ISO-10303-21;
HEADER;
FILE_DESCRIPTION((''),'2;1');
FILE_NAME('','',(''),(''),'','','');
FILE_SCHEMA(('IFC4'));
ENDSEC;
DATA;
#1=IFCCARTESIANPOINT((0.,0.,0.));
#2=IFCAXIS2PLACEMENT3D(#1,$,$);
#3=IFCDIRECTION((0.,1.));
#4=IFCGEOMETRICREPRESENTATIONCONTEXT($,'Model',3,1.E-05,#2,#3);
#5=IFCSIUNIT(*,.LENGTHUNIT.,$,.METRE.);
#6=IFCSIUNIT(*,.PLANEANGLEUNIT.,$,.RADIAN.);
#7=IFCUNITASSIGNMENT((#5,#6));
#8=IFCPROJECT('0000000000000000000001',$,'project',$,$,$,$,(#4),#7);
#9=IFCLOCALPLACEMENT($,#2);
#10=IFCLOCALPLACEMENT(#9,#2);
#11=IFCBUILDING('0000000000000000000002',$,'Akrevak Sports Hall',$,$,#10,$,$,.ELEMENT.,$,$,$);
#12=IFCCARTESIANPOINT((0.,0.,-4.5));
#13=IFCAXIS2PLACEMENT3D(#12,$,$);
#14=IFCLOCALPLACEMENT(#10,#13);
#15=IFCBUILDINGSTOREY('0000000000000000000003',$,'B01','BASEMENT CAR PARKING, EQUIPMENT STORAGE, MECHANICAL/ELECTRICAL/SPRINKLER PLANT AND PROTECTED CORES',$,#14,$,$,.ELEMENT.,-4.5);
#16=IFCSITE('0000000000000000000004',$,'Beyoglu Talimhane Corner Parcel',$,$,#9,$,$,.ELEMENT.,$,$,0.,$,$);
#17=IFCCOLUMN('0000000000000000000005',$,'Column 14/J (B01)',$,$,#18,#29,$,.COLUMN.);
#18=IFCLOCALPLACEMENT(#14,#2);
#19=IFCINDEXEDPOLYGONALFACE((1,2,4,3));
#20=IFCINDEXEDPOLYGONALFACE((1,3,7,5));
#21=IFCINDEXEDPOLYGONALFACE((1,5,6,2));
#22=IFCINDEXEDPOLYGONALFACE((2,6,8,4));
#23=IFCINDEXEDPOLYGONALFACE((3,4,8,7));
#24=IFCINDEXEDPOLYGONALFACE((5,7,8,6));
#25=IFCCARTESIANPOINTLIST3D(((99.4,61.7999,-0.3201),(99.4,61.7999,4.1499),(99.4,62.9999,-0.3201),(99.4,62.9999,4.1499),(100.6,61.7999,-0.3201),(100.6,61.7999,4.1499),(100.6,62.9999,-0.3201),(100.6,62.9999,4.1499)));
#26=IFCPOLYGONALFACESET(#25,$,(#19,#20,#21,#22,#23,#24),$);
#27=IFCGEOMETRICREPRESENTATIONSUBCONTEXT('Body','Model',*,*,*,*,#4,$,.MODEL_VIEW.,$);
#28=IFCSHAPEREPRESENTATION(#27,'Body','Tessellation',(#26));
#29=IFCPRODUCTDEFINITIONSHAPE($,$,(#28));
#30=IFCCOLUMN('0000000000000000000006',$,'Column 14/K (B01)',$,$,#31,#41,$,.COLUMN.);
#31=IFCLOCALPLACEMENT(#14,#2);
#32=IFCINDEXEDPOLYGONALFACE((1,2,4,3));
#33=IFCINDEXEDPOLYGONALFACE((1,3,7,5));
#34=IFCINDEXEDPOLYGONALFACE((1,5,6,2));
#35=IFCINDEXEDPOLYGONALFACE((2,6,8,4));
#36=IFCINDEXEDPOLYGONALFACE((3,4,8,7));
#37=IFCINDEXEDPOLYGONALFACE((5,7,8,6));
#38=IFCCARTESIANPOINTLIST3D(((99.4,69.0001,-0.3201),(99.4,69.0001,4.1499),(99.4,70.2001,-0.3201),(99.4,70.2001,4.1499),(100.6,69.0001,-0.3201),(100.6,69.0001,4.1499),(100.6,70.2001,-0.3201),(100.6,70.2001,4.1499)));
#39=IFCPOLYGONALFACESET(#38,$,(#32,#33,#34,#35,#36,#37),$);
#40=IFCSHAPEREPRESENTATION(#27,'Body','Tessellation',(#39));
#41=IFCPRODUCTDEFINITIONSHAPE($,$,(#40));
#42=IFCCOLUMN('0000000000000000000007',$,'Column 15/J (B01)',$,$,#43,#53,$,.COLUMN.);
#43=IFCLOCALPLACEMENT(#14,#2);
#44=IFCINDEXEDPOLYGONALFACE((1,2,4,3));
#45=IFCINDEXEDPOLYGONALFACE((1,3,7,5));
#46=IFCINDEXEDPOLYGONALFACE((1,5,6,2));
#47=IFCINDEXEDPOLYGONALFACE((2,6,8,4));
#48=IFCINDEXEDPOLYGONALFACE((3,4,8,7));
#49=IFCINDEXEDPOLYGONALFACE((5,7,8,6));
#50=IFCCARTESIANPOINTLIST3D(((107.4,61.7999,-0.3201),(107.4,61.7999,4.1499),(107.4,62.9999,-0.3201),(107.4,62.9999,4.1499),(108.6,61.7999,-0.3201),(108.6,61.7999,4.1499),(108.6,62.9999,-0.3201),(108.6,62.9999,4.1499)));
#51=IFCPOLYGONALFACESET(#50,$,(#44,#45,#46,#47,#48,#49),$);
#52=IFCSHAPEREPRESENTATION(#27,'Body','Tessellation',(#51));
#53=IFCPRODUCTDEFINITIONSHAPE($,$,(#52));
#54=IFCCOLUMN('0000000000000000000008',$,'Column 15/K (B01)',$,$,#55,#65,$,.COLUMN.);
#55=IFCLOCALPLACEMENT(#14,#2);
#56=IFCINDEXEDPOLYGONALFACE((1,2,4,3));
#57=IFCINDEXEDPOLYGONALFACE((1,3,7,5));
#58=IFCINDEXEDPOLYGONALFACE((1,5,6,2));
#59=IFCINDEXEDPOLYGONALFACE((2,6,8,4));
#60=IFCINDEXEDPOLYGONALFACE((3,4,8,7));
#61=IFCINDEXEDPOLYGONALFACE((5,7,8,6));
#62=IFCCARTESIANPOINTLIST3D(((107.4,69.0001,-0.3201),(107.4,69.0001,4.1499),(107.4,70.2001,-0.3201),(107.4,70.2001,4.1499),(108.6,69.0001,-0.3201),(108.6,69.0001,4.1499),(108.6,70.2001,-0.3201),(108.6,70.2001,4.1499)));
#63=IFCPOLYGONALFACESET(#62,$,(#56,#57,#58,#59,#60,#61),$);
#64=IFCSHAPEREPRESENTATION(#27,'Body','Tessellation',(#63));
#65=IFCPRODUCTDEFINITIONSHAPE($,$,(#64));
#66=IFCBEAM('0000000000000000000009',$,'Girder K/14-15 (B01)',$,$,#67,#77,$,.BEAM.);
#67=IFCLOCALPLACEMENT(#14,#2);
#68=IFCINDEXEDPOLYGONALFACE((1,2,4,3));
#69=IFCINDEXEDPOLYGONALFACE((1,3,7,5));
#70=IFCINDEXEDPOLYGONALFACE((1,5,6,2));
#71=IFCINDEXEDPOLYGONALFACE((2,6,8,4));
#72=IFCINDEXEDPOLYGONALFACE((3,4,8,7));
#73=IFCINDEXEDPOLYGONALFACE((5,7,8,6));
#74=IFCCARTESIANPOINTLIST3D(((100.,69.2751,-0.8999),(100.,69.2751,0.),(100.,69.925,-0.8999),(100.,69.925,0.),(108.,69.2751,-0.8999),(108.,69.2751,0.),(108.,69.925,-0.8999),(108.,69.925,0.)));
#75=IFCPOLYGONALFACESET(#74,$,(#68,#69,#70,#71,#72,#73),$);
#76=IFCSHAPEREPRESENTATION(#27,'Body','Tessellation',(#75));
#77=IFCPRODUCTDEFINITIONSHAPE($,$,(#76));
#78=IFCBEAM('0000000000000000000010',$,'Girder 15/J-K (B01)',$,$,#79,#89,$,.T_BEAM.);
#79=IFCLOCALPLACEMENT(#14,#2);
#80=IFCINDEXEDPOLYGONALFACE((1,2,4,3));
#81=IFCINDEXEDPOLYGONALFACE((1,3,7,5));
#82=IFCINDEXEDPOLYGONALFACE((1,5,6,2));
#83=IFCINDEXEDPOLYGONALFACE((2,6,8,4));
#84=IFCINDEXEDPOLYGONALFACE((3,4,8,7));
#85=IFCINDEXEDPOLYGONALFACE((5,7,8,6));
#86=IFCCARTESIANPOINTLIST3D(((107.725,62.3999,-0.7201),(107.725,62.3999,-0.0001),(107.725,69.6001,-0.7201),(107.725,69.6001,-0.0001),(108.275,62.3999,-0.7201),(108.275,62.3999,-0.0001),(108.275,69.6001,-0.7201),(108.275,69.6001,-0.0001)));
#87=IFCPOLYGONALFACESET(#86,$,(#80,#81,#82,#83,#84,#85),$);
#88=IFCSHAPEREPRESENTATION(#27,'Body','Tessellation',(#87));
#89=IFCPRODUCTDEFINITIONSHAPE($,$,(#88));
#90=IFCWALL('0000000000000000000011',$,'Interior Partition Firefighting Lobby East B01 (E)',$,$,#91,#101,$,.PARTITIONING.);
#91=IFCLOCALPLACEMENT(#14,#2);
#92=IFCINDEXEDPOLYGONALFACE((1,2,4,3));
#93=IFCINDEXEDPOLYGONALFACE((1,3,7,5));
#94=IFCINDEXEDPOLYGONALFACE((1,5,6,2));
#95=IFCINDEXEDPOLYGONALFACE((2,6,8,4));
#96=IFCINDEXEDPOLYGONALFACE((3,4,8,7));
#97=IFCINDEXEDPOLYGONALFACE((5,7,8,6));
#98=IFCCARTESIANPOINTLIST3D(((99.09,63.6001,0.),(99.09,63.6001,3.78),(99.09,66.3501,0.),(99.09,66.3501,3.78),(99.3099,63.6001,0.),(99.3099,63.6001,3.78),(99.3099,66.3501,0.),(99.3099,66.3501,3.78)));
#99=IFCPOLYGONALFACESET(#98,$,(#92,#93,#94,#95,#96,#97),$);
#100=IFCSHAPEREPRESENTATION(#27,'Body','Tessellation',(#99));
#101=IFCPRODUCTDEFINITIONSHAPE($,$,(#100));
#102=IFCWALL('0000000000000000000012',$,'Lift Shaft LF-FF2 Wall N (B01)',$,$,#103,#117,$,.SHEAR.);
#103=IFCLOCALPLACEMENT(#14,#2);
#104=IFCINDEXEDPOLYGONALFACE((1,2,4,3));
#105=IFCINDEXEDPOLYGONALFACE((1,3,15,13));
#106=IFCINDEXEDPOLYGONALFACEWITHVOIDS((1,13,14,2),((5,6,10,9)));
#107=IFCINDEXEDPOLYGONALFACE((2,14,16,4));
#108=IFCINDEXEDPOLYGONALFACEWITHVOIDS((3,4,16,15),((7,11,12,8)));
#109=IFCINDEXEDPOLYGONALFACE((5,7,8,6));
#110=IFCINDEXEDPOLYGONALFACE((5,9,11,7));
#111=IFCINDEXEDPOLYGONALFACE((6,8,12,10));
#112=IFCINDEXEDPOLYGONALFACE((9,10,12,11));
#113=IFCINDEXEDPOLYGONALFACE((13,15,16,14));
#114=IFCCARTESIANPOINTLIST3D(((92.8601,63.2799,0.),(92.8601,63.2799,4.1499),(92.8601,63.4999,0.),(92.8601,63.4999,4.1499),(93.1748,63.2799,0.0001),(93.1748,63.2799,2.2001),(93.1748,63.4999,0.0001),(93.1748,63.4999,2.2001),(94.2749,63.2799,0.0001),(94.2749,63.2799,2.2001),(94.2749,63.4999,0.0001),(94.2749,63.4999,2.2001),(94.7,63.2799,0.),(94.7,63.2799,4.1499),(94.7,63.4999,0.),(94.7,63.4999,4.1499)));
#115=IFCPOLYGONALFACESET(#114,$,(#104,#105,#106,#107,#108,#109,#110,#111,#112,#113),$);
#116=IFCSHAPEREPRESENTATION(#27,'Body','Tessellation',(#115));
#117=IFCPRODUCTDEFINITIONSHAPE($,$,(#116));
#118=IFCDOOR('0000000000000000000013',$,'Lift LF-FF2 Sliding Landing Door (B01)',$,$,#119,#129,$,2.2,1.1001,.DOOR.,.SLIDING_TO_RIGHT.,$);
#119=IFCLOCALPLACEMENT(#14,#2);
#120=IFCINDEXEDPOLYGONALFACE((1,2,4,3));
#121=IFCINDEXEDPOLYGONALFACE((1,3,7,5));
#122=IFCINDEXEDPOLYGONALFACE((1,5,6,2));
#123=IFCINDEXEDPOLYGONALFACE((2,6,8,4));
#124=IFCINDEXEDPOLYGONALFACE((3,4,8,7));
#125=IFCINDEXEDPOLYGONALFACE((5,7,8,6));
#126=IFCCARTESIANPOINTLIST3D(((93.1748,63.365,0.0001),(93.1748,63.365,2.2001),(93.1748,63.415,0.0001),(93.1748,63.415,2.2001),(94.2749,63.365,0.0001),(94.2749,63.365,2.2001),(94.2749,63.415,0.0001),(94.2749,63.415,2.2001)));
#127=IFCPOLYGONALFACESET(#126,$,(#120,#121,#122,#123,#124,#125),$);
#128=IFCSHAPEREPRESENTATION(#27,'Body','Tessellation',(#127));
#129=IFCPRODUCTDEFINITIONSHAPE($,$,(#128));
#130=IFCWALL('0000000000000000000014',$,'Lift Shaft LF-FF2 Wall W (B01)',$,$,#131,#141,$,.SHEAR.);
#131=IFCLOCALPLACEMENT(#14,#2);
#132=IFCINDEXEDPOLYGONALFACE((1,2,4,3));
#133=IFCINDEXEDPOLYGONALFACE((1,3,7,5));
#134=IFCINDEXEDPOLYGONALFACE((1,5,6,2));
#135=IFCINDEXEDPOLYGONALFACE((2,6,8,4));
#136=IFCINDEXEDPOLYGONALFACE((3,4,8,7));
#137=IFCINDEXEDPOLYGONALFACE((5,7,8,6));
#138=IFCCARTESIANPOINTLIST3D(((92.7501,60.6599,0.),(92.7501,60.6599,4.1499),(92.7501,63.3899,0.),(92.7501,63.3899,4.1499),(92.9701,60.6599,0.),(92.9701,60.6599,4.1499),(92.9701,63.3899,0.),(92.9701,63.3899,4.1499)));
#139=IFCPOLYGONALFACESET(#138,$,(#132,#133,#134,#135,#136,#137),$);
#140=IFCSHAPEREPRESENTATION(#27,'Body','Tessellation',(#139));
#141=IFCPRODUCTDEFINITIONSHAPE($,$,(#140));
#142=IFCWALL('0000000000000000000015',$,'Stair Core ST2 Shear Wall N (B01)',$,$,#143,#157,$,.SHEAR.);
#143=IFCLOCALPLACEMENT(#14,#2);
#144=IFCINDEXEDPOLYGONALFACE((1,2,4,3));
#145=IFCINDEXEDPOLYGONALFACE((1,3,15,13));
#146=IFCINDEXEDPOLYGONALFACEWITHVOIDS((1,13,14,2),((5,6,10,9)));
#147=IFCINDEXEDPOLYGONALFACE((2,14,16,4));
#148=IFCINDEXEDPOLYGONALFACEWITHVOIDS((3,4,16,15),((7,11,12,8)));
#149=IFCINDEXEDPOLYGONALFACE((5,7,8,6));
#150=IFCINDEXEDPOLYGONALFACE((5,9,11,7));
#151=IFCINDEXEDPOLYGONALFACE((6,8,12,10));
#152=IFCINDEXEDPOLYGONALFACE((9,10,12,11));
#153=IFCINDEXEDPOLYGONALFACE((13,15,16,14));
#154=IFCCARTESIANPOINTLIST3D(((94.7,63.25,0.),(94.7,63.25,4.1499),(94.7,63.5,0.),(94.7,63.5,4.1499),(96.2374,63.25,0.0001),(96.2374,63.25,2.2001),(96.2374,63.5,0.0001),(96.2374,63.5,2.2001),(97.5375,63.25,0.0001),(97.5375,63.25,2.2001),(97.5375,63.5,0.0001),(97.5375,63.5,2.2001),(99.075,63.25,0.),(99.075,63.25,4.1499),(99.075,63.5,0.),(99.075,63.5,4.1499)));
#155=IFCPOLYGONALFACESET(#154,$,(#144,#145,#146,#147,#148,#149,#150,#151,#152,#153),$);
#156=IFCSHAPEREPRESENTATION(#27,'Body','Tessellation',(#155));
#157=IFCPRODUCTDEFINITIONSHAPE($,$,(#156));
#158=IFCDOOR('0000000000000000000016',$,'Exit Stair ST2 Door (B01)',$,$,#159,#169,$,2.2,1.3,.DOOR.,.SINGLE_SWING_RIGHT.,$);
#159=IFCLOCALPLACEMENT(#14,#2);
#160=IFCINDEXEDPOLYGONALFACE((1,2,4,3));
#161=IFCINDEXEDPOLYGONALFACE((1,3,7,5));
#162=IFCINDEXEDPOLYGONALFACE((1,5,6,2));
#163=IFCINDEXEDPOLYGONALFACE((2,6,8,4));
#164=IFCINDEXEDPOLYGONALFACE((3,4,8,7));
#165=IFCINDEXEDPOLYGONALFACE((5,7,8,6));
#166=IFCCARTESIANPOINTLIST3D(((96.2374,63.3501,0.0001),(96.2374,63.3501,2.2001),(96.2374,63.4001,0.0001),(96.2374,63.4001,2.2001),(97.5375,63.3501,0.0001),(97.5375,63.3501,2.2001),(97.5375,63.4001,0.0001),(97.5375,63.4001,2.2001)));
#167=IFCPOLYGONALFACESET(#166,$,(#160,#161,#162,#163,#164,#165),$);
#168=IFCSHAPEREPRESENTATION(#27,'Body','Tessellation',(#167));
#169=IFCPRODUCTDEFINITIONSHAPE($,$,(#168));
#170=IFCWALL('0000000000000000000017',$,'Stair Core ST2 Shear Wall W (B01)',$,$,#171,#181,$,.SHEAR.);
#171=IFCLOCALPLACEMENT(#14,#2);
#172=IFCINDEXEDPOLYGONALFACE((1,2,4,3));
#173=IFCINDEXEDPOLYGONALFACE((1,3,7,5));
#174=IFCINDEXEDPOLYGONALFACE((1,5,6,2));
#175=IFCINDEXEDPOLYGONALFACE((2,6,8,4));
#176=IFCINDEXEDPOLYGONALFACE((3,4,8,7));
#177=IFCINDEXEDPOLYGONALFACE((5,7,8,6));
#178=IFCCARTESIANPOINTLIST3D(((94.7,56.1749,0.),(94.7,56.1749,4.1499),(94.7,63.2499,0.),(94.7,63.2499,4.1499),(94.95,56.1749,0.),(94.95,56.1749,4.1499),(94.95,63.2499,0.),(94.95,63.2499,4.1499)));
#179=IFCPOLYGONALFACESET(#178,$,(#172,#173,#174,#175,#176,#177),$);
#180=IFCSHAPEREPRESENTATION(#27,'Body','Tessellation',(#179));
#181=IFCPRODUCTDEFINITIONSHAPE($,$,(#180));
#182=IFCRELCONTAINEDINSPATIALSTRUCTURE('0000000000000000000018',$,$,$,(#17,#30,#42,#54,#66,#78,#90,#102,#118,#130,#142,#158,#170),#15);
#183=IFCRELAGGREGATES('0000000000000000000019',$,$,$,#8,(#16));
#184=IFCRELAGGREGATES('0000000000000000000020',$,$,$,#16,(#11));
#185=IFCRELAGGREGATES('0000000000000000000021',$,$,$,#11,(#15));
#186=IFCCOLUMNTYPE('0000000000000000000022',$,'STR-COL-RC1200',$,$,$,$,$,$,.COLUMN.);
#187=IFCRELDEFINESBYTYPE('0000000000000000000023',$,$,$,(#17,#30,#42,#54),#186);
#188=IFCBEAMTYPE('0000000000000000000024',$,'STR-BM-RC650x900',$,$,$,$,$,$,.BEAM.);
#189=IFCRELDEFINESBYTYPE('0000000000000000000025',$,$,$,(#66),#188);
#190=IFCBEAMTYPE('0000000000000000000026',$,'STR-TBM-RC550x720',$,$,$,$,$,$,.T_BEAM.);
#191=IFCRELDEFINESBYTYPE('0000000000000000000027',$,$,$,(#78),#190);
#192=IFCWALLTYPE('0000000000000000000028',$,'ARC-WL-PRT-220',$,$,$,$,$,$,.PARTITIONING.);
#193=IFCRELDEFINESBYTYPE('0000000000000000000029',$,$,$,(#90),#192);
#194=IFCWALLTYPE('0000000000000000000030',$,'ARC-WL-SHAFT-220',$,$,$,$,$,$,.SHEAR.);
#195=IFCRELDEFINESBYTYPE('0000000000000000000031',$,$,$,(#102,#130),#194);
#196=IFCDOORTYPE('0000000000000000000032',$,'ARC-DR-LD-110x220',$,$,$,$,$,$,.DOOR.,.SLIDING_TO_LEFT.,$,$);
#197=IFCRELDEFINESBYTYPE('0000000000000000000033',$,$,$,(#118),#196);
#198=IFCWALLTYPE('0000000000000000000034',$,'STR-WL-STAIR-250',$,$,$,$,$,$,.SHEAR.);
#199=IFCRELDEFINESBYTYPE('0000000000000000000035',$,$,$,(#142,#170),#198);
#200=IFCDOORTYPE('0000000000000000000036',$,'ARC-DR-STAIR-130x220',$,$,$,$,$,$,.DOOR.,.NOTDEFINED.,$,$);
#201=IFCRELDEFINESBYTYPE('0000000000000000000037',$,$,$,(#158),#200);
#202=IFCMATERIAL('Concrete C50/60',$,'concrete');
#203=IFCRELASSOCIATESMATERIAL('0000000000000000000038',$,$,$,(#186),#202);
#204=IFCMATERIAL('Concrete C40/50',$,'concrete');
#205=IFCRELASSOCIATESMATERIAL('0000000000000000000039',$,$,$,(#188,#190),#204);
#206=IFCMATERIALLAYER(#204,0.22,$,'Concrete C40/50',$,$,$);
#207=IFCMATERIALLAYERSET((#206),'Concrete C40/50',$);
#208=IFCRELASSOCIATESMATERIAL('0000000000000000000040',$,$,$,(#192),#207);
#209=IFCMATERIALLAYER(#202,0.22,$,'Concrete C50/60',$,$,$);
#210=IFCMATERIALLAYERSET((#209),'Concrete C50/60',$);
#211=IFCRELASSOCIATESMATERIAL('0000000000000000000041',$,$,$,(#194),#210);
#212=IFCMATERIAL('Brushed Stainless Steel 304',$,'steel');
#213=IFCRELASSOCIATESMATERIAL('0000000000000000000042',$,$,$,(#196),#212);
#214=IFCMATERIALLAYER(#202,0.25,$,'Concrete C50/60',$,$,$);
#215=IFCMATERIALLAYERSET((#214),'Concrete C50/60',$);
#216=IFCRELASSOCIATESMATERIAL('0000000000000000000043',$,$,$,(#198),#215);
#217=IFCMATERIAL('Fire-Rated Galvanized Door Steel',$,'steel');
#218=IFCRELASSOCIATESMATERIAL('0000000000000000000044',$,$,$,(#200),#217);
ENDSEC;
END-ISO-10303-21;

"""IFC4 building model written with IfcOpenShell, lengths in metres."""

from ifc_helpers import new_model, si_unit, direction, frame, frame_2d, origin, origin_2d, place, context, subcontext, project, spatial, rectangle, extrude, material, layer, layer_set, material_profile, profile_set, type_object, element, fill, save


model = new_model("IFC4")

# Units and contexts
model_context = context("Model", 3, precision=1e-05, world=origin(), true_north=direction((0.0, 1.0)))
body_context = subcontext(model_context, "Body", "Model", "MODEL_VIEW")
ifc_project = project(units=[si_unit("LENGTHUNIT", "METRE"), si_unit("PLANEANGLEUNIT", "RADIAN")], contexts=[model_context])

# Site, building, storey
site_placement = place(None, origin())
site = spatial("IfcSite", under=ifc_project, at=site_placement, Name="Beyoglu Talimhane Corner Parcel", CompositionType="ELEMENT", RefElevation=0.0)
building_placement = place(site_placement, origin())
building = spatial("IfcBuilding", under=site, at=building_placement, Name="Akrevak Sports Hall", CompositionType="ELEMENT")
storey_placement = place(building_placement, frame((0.0, 0.0, -4.5)))
storey = spatial("IfcBuildingStorey", under=building, at=storey_placement, Name="B01", Description="BASEMENT CAR PARKING, EQUIPMENT STORAGE, MECHANICAL/ELECTRICAL/SPRINKLER PLANT AND PROTECTED CORES", CompositionType="ELEMENT", Elevation=-4.5)

# Columns
ifc_material_1 = material(Name="Concrete C50/60", Category="concrete")
ifc_material_profile_1 = material_profile(ifc_material_1, rectangle(XDim=1.2, YDim=1.2, at=origin_2d()), Name="RC 1200x1200", Category="concrete")
ifc_profile_set_1 = profile_set([ifc_material_profile_1], Name="Concrete C50/60")
column_type = type_object("IfcColumnType", Name="STR-COL-RC1200", PredefinedType="COLUMN", material=ifc_profile_set_1)
for number, where, z_axis, x_axis, name in (
    (1, (100.0, 62.3999, -0.3201), (0.0, 0.0, 1.0), (1.0, 0.0, 0.0), "Column 14/J (B01)"),
    (2, (100.0, 69.6001, -0.3201), (0.0, 0.0, 1.0), (1.0, 0.0, 0.0), "Column 14/K (B01)"),
    (3, (108.0, 62.3999, -0.3201), (0.0, 0.0, 1.0), (1.0, 0.0, 0.0), "Column 15/J (B01)"),
    (4, (108.0, 69.6001, -0.3201), (0.0, 0.0, 1.0), (1.0, 0.0, 0.0), "Column 15/K (B01)"),
):
    element("IfcColumn", number, at=place(storey_placement, frame(where, z_axis=z_axis, x_axis=x_axis)), inside=storey, type_object=column_type, Name=name, PredefinedType="COLUMN", context=body_context, shape_type="SweptSolid", body=[
        extrude(rectangle(XDim=1.2, YDim=1.2, at=origin_2d()), origin(), (0.0, 0.0, 1.0), 4.47),
    ])

# Beams
ifc_material_2 = material(Name="Concrete C40/50", Category="concrete")
ifc_material_profile_2 = material_profile(ifc_material_2, rectangle(XDim=0.6499, YDim=0.8999, at=origin_2d()), Name="BM 650x900", Category="concrete")
ifc_profile_set_2 = profile_set([ifc_material_profile_2], Name="Concrete C40/50")
beam_type_1 = type_object("IfcBeamType", Name="STR-BM-RC650x900", PredefinedType="BEAM", material=ifc_profile_set_2)
beam_1_placement = place(storey_placement, frame((100.0, 69.6001, -0.45), z_axis=(1.0, 0.0, 0.0), x_axis=(0.0, 1.0, 0.0)))
element("IfcBeam", 5, at=beam_1_placement, inside=storey, type_object=beam_type_1, Name="Girder K/14-15 (B01)", PredefinedType="BEAM", context=body_context, shape_type="SweptSolid", body=[
    extrude(rectangle(XDim=0.6499, YDim=0.8999, at=origin_2d()), origin(), (0.0, 0.0, 1.0), 8.0),
])
ifc_material_profile_3 = material_profile(ifc_material_2, rectangle(XDim=0.55, YDim=0.72, at=origin_2d()), Name="TBM 550x720", Category="concrete")
ifc_profile_set_3 = profile_set([ifc_material_profile_3], Name="Concrete C40/50")
beam_type_2 = type_object("IfcBeamType", Name="STR-TBM-RC550x720", PredefinedType="T_BEAM", material=ifc_profile_set_3)
beam_2_placement = place(storey_placement, frame((108.0, 62.3999, -0.3601), z_axis=(0.0, 1.0, 0.0), x_axis=(-1.0, 0.0, 0.0)))
element("IfcBeam", 6, at=beam_2_placement, inside=storey, type_object=beam_type_2, Name="Girder 15/J-K (B01)", PredefinedType="T_BEAM", context=body_context, shape_type="SweptSolid", body=[
    extrude(rectangle(XDim=0.55, YDim=0.72, at=origin_2d()), origin(), (0.0, 0.0, 1.0), 7.2002),
])

# Wall
ifc_layer_1 = layer(ifc_material_2, 0.22, Name="Concrete C40/50")
ifc_layer_set_1 = layer_set([ifc_layer_1], Name="Concrete C40/50")
wall_type_1 = type_object("IfcWallType", Name="ARC-WL-PRT-220", PredefinedType="PARTITIONING", material=ifc_layer_set_1)
wall_1_placement = place(storey_placement, frame((99.2, 63.6001, 0.0), z_axis=(0.0, 0.0, 1.0), x_axis=(0.0, 1.0, 0.0)))
element("IfcWall", 7, at=wall_1_placement, inside=storey, type_object=wall_type_1, Name="Interior Partition Firefighting Lobby East B01 (E)", PredefinedType="PARTITIONING", context=body_context, shape_type="SweptSolid", body=[
    extrude(rectangle(XDim=2.75, YDim=0.22, at=frame_2d((1.375, 0.0))), origin(), (0.0, 0.0, 1.0), 3.78),
])

# Wall, opening, door
ifc_layer_2 = layer(ifc_material_1, 0.22, Name="Concrete C50/60")
ifc_layer_set_2 = layer_set([ifc_layer_2], Name="Concrete C50/60")
wall_type_2 = type_object("IfcWallType", Name="ARC-WL-SHAFT-220", PredefinedType="SHEAR", material=ifc_layer_set_2)
wall_2_placement = place(storey_placement, frame((94.7, 63.3899, 0.0), z_axis=(0.0, 0.0, 1.0), x_axis=(-1.0, 0.0, 0.0)))
wall_2 = element("IfcWall", 8, at=wall_2_placement, inside=storey, type_object=wall_type_2, Name="Lift Shaft LF-FF2 Wall N (B01)", PredefinedType="SHEAR", context=body_context, shape_type="SweptSolid", body=[
    extrude(rectangle(XDim=1.8398, YDim=0.22, at=frame_2d((0.9199, 0.0))), origin(), (0.0, 0.0, 1.0), 4.1499),
])
opening_1_placement = place(wall_2_placement, frame((0.425, 0.0, 0.0)))
opening_1 = element("IfcOpeningElement", 9, at=opening_1_placement, cuts=wall_2, PredefinedType="OPENING", context=body_context, shape_type="SweptSolid", body=[
    extrude(rectangle(XDim=1.1001, YDim=2.2, at=frame_2d((0.55, 1.1001))), frame((0.0, 0.1221, 0.0), z_axis=(0.0, -1.0, 0.0), x_axis=(1.0, 0.0, 0.0)), (0.0, 0.0, 1.0), 0.2439),
])
ifc_material_3 = material(Name="Brushed Stainless Steel 304", Category="steel")
door_type_1 = type_object("IfcDoorType", Name="ARC-DR-LD-110x220", OperationType="SLIDING_TO_LEFT", PredefinedType="DOOR", material=ifc_material_3)
door_1_placement = place(opening_1_placement, origin())
door_1 = element("IfcDoor", 10, at=door_1_placement, inside=storey, type_object=door_type_1, Name="Lift LF-FF2 Sliding Landing Door (B01)", OperationType="SLIDING_TO_RIGHT", OverallHeight=2.2, OverallWidth=1.1001, PredefinedType="DOOR", context=body_context, shape_type="SweptSolid", body=[
    extrude(rectangle(XDim=1.1001, YDim=2.2, at=frame_2d((0.55, 1.1001))), frame((0.0, 0.0249, 0.0), z_axis=(0.0, -1.0, 0.0), x_axis=(1.0, 0.0, 0.0)), (0.0, 0.0, 1.0), 0.05),
])
fill(opening_1, door_1)

# Wall
wall_3_placement = place(storey_placement, frame((92.8601, 63.3899, 0.0), z_axis=(0.0, 0.0, 1.0), x_axis=(0.0, -1.0, 0.0)))
element("IfcWall", 11, at=wall_3_placement, inside=storey, type_object=wall_type_2, Name="Lift Shaft LF-FF2 Wall W (B01)", PredefinedType="SHEAR", context=body_context, shape_type="SweptSolid", body=[
    extrude(rectangle(XDim=2.73, YDim=0.22, at=frame_2d((1.365, 0.0))), origin(), (0.0, 0.0, 1.0), 4.1499),
])

# Wall, opening, door
ifc_layer_3 = layer(ifc_material_1, 0.25, Name="Concrete C50/60")
ifc_layer_set_3 = layer_set([ifc_layer_3], Name="Concrete C50/60")
wall_type_3 = type_object("IfcWallType", Name="STR-WL-STAIR-250", PredefinedType="SHEAR", material=ifc_layer_set_3)
wall_4_placement = place(storey_placement, frame((99.075, 63.375, 0.0), z_axis=(0.0, 0.0, 1.0), x_axis=(-1.0, 0.0, 0.0)))
wall_4 = element("IfcWall", 12, at=wall_4_placement, inside=storey, type_object=wall_type_3, Name="Stair Core ST2 Shear Wall N (B01)", PredefinedType="SHEAR", context=body_context, shape_type="SweptSolid", body=[
    extrude(rectangle(XDim=4.375, YDim=0.25, at=frame_2d((2.1875, 0.0))), origin(), (0.0, 0.0, 1.0), 4.1499),
])
opening_2_placement = place(wall_4_placement, frame((1.5376, 0.0, 0.0)))
opening_2 = element("IfcOpeningElement", 13, at=opening_2_placement, cuts=wall_4, PredefinedType="OPENING", context=body_context, shape_type="SweptSolid", body=[
    extrude(rectangle(XDim=1.3, YDim=2.2, at=frame_2d((0.6499, 1.1001))), frame((0.0, 0.137, 0.0), z_axis=(0.0, -1.0, 0.0), x_axis=(1.0, 0.0, 0.0)), (0.0, 0.0, 1.0), 0.2739),
])
ifc_material_4 = material(Name="Fire-Rated Galvanized Door Steel", Category="steel")
door_type_2 = type_object("IfcDoorType", Name="ARC-DR-STAIR-130x220", OperationType="NOTDEFINED", PredefinedType="DOOR", material=ifc_material_4)
door_2_placement = place(opening_2_placement, origin())
door_2 = element("IfcDoor", 14, at=door_2_placement, inside=storey, type_object=door_type_2, Name="Exit Stair ST2 Door (B01)", OperationType="SINGLE_SWING_RIGHT", OverallHeight=2.2, OverallWidth=1.3, PredefinedType="DOOR", context=body_context, shape_type="SweptSolid", body=[
    extrude(rectangle(XDim=1.3, YDim=2.2, at=frame_2d((0.6499, 1.1001))), frame((0.0, 0.0249, 0.0), z_axis=(0.0, -1.0, 0.0), x_axis=(1.0, 0.0, 0.0)), (0.0, 0.0, 1.0), 0.05),
])
fill(opening_2, door_2)

# Wall
wall_5_placement = place(storey_placement, frame((94.825, 63.25, 0.0), z_axis=(0.0, 0.0, 1.0), x_axis=(0.0, -1.0, 0.0)))
element("IfcWall", 15, at=wall_5_placement, inside=storey, type_object=wall_type_3, Name="Stair Core ST2 Shear Wall W (B01)", PredefinedType="SHEAR", context=body_context, shape_type="SweptSolid", body=[
    extrude(rectangle(XDim=7.075, YDim=0.25, at=frame_2d((3.5376, 0.0))), origin(), (0.0, 0.0, 1.0), 4.1499),
])

save(model, "model.ifc")
